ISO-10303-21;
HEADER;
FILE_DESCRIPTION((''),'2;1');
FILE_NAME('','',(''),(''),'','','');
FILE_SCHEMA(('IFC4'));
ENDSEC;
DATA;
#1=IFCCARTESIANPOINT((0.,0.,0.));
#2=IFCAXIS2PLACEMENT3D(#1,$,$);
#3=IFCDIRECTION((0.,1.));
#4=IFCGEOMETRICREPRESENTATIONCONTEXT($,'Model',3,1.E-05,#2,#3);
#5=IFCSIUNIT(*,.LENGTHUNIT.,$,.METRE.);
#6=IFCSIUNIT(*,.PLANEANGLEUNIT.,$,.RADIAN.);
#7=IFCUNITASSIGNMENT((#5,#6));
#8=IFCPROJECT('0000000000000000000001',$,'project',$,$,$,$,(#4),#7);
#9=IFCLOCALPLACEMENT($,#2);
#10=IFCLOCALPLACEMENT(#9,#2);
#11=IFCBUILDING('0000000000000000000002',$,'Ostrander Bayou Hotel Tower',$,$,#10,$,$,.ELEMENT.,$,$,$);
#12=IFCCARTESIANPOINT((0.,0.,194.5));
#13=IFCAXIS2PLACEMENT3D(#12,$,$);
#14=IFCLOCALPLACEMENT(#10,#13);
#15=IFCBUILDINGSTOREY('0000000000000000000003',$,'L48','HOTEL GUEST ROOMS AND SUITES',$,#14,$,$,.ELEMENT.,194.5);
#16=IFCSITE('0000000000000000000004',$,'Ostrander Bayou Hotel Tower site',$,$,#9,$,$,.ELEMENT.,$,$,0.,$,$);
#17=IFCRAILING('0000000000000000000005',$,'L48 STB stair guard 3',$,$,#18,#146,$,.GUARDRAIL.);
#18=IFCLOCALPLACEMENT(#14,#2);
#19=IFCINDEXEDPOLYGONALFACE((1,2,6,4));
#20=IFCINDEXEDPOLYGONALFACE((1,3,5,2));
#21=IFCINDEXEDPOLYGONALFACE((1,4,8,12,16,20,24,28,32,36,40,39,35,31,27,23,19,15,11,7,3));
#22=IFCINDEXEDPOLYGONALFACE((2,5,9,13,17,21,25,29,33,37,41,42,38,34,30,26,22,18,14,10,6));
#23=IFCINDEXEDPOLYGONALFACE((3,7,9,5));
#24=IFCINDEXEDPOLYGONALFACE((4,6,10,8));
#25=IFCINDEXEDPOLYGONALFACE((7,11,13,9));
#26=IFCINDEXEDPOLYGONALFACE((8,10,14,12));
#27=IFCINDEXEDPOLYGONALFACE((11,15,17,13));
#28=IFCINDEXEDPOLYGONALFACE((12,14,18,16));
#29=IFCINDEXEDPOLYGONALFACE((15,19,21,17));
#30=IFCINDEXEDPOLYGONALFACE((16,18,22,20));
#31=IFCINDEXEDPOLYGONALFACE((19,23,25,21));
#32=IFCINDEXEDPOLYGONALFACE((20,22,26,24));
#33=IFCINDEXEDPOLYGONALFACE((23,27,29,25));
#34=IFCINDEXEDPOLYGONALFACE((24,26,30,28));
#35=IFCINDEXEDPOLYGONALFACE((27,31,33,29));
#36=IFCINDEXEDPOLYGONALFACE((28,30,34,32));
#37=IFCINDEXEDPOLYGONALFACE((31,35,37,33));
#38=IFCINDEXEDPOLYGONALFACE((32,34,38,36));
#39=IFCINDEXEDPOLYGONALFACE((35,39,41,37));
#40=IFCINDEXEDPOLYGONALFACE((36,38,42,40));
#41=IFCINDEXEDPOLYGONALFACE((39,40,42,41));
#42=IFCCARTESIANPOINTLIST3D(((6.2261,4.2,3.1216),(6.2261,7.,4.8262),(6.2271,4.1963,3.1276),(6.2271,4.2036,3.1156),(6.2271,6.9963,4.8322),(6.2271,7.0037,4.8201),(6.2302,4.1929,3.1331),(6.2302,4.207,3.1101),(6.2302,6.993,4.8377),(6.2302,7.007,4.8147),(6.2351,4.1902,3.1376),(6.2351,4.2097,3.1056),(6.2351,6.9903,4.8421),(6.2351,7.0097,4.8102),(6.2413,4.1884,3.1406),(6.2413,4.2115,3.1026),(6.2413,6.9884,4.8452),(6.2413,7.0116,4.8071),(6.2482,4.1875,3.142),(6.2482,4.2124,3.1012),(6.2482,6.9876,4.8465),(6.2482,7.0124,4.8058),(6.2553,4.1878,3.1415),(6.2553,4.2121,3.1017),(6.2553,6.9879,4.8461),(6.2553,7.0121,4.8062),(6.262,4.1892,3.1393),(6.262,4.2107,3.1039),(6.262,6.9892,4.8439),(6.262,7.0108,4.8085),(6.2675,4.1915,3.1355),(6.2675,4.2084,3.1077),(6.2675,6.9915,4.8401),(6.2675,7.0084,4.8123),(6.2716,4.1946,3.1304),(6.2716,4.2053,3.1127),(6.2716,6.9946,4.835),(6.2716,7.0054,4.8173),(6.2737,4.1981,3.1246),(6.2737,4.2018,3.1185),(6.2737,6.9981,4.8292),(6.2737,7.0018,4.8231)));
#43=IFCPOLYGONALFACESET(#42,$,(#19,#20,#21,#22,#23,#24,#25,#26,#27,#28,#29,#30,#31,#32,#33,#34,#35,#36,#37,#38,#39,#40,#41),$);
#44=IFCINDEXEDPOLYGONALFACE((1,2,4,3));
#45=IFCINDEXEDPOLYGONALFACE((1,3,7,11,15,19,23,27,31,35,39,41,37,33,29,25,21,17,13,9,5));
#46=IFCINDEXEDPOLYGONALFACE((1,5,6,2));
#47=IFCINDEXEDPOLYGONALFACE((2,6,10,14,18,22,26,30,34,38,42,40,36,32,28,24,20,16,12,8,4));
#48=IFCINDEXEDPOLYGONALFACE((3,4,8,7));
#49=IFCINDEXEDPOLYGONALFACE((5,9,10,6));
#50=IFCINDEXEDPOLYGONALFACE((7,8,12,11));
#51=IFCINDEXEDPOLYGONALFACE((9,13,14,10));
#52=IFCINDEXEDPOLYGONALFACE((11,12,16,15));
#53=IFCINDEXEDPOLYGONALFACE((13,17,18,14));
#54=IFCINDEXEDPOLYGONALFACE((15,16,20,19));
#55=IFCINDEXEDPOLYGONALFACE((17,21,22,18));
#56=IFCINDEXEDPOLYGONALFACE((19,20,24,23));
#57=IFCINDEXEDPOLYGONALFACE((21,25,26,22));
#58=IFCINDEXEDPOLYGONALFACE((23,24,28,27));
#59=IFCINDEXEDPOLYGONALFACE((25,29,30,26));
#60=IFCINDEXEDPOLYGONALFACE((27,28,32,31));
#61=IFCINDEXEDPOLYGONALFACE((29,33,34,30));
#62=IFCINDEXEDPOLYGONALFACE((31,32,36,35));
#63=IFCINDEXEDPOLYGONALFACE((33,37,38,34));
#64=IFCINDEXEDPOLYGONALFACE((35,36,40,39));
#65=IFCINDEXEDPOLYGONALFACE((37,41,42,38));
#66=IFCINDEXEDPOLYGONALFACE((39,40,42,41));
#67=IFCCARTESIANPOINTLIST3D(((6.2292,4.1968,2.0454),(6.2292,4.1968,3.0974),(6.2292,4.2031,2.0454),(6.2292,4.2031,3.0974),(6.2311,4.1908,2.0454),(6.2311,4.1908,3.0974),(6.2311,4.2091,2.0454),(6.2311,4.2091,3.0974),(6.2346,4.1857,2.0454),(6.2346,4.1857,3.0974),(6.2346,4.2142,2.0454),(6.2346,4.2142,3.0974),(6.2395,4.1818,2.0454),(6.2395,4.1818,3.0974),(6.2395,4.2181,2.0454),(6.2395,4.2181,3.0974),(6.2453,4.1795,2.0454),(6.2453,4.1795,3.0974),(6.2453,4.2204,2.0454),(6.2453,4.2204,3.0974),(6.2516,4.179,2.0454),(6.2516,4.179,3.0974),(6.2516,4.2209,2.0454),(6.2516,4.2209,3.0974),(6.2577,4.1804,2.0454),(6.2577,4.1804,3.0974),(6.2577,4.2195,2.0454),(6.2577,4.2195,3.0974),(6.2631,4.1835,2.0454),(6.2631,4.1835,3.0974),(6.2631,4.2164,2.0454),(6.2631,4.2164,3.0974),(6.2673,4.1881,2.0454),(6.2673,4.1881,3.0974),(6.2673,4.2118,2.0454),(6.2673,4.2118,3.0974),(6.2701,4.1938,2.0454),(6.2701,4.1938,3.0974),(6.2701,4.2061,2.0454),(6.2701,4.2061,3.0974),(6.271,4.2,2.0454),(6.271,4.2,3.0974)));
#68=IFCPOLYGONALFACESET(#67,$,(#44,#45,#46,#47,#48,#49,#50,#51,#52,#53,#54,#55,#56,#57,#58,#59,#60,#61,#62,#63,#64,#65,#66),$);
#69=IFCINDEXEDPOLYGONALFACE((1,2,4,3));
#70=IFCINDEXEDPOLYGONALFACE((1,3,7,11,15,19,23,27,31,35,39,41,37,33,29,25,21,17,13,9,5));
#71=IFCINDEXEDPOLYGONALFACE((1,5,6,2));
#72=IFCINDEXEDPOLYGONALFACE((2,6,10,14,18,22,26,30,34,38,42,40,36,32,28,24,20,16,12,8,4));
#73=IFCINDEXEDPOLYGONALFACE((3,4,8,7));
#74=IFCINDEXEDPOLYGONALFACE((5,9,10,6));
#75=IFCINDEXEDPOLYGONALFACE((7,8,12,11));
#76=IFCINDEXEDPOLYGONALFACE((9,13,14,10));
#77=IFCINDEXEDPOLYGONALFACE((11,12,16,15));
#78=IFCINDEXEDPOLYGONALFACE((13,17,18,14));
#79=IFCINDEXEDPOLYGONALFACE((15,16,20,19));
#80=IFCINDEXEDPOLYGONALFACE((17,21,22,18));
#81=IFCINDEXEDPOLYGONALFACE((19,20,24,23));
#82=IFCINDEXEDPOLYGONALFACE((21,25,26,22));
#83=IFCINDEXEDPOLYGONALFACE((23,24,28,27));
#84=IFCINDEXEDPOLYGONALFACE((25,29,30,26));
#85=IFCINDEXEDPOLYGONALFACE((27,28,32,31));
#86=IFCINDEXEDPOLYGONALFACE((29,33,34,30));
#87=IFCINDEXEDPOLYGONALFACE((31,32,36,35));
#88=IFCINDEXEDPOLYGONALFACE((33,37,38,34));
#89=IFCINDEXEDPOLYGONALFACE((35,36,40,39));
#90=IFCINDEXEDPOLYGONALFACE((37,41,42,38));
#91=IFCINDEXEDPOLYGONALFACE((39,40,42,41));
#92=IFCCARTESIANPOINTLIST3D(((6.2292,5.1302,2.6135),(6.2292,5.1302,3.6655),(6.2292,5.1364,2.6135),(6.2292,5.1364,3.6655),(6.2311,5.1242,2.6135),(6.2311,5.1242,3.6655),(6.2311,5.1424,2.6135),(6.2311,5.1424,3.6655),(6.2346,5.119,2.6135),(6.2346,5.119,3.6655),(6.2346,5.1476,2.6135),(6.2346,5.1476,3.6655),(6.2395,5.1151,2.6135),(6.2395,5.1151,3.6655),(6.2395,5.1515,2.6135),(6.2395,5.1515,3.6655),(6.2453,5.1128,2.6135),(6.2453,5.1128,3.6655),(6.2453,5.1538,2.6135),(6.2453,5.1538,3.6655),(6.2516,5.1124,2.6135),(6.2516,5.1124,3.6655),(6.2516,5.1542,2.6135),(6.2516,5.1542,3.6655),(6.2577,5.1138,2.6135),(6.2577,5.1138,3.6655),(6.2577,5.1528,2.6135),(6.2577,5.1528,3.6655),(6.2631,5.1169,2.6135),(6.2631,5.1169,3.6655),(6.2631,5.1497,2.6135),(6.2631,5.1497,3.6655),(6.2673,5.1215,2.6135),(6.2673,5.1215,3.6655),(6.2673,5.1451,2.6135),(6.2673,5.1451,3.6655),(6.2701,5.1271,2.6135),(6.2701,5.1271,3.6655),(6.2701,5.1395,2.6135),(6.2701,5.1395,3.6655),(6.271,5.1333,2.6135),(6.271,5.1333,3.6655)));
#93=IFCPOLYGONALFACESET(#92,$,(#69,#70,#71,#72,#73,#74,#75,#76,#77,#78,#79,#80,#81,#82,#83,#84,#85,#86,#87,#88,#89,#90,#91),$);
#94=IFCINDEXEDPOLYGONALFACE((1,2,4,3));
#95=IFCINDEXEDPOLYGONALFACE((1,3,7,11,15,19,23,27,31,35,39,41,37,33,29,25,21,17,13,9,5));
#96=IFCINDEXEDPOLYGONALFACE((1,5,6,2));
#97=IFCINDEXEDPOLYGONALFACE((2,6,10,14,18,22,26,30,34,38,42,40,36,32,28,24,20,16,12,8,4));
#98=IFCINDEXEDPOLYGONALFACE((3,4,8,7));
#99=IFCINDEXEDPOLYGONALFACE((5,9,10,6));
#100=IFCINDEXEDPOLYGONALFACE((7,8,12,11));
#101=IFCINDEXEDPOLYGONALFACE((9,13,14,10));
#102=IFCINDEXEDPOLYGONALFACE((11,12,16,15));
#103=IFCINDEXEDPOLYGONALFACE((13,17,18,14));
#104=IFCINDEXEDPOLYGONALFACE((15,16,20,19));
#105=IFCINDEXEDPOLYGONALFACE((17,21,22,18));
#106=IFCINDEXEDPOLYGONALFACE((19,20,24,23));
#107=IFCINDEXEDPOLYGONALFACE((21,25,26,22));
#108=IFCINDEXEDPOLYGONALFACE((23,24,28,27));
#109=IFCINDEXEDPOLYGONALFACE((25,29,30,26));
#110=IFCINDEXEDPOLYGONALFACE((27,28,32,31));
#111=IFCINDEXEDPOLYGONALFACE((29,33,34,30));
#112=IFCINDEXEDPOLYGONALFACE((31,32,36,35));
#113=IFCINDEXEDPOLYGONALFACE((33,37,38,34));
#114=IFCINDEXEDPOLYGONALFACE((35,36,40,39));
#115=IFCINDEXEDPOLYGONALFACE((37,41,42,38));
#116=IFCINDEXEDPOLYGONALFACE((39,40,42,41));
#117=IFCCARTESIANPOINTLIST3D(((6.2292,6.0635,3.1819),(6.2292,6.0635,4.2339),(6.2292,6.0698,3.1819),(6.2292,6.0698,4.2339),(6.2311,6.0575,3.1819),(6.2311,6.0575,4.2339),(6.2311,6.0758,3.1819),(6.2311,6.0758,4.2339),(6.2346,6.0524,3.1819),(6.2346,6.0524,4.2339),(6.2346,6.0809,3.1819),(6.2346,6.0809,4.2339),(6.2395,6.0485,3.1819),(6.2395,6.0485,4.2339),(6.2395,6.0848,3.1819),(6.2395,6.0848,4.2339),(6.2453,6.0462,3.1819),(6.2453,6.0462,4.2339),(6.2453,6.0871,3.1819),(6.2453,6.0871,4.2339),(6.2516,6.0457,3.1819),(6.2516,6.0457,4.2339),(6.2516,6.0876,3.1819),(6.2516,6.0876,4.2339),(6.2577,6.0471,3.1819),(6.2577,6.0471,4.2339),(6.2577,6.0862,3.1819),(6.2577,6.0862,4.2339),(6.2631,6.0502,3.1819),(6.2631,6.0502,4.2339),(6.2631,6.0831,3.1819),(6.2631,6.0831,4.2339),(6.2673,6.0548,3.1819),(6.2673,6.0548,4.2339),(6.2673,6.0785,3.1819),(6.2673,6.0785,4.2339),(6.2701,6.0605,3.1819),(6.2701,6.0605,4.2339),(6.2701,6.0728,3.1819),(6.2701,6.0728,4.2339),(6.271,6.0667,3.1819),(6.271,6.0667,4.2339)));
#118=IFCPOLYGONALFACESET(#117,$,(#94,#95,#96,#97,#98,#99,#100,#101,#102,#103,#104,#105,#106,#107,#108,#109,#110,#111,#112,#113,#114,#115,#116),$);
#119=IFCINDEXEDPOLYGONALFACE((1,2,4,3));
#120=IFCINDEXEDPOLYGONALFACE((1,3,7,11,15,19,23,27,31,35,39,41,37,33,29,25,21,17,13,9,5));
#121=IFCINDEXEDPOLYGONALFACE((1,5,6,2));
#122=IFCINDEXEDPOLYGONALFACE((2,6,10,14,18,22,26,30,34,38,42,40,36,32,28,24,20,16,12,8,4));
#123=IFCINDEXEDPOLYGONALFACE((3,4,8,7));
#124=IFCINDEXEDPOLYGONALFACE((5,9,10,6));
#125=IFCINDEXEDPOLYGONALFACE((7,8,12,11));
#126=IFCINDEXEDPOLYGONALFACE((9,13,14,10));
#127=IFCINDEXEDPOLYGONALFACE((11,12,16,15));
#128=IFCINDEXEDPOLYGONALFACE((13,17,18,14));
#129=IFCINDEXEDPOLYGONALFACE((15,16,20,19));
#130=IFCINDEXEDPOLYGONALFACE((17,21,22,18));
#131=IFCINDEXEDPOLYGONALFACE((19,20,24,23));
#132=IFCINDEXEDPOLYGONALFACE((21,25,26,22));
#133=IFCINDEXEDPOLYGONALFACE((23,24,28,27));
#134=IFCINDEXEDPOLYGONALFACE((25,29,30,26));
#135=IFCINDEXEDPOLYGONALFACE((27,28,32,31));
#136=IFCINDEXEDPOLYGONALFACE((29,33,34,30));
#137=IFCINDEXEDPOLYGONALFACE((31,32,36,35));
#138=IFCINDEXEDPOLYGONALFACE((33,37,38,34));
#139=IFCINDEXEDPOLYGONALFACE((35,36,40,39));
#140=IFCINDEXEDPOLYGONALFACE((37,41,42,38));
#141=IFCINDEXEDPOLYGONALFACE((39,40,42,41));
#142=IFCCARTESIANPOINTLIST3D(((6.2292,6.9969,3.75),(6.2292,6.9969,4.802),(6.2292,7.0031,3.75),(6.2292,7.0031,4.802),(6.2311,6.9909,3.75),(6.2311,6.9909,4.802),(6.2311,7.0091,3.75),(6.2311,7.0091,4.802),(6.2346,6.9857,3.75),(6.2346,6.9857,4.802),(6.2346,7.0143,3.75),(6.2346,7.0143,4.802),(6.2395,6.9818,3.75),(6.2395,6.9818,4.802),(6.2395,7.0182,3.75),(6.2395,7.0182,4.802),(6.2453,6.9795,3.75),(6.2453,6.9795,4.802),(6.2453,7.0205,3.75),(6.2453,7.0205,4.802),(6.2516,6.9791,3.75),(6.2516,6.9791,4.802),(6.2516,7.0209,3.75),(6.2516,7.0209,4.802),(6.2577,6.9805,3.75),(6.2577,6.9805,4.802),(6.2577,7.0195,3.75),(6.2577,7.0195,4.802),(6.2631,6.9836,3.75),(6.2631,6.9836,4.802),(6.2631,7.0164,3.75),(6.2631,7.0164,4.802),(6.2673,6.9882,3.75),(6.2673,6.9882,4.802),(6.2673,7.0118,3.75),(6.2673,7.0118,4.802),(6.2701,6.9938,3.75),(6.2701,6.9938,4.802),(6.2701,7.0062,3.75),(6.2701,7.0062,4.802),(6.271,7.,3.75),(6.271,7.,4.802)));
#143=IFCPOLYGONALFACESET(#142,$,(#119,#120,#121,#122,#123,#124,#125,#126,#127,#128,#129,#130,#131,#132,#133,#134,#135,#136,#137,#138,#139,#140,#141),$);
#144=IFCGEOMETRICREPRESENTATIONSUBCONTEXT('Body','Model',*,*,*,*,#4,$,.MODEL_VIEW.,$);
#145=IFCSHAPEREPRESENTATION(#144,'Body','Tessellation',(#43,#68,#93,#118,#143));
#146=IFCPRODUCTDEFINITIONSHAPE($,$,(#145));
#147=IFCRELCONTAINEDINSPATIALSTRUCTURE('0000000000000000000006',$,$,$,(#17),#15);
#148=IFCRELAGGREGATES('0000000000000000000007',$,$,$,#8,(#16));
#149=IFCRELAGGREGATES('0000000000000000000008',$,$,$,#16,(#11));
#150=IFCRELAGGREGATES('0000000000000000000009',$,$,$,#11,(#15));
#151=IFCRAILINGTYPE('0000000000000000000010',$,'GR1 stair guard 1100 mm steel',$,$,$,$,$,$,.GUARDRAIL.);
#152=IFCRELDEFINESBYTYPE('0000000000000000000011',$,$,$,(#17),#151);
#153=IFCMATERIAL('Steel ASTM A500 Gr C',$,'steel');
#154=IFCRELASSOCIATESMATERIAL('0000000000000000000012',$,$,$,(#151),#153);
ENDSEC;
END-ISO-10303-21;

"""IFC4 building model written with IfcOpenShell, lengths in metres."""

from ifc_helpers import new_model, si_unit, direction, frame, origin, origin_2d, place, context, subcontext, project, spatial, circle, extrude, material, type_object, element, save


model = new_model("IFC4")

# Units and contexts
model_context = context("Model", 3, precision=1e-05, world=origin(), true_north=direction((0.0, 1.0)))
body_context = subcontext(model_context, "Body", "Model", "MODEL_VIEW")
ifc_project = project(units=[si_unit("LENGTHUNIT", "METRE"), si_unit("PLANEANGLEUNIT", "RADIAN")], contexts=[model_context])

# Site, building, storey
site_placement = place(None, origin())
site = spatial("IfcSite", under=ifc_project, at=site_placement, Name="Ostrander Bayou Hotel Tower site", CompositionType="ELEMENT", RefElevation=0.0)
building_placement = place(site_placement, origin())
building = spatial("IfcBuilding", under=site, at=building_placement, Name="Ostrander Bayou Hotel Tower", CompositionType="ELEMENT")
storey_placement = place(building_placement, frame((0.0, 0.0, 194.5)))
storey = spatial("IfcBuildingStorey", under=building, at=storey_placement, Name="L48", Description="HOTEL GUEST ROOMS AND SUITES", CompositionType="ELEMENT", Elevation=194.5)

# Railing
ifc_material_1 = material(Name="Steel ASTM A500 Gr C", Category="steel")
railing_type_1 = type_object("IfcRailingType", Name="GR1 stair guard 1100 mm steel", PredefinedType="GUARDRAIL", material=ifc_material_1)
railing_1_placement = place(storey_placement, frame((6.25, 4.2, 2.0454)))
element("IfcRailing", 1, at=railing_1_placement, inside=storey, type_object=railing_type_1, Name="L48 STB stair guard 3", PredefinedType="GUARDRAIL", context=body_context, shape_type="SweptSolid", body=[
    extrude(circle(Radius=0.0239, at=origin_2d()), frame((0.0, 0.0, 1.0762), z_axis=(0.0, 0.85417, 0.519994), x_axis=(-1.0, 0.0, 0.0)), (0.0, 0.0, 1.0), 3.2781),
    extrude(circle(Radius=0.021, at=origin_2d()), origin(), (0.0, 0.0, 1.0), 1.052),
    extrude(circle(Radius=0.021, at=origin_2d()), frame((0.0, 0.9333, 0.5681)), (0.0, 0.0, 1.0), 1.052),
    extrude(circle(Radius=0.021, at=origin_2d()), frame((0.0, 1.8667, 1.1365)), (0.0, 0.0, 1.0), 1.052),
    extrude(circle(Radius=0.021, at=origin_2d()), frame((0.0, 2.8, 1.7046)), (0.0, 0.0, 1.0), 1.052),
])

save(model, "model.ifc")
